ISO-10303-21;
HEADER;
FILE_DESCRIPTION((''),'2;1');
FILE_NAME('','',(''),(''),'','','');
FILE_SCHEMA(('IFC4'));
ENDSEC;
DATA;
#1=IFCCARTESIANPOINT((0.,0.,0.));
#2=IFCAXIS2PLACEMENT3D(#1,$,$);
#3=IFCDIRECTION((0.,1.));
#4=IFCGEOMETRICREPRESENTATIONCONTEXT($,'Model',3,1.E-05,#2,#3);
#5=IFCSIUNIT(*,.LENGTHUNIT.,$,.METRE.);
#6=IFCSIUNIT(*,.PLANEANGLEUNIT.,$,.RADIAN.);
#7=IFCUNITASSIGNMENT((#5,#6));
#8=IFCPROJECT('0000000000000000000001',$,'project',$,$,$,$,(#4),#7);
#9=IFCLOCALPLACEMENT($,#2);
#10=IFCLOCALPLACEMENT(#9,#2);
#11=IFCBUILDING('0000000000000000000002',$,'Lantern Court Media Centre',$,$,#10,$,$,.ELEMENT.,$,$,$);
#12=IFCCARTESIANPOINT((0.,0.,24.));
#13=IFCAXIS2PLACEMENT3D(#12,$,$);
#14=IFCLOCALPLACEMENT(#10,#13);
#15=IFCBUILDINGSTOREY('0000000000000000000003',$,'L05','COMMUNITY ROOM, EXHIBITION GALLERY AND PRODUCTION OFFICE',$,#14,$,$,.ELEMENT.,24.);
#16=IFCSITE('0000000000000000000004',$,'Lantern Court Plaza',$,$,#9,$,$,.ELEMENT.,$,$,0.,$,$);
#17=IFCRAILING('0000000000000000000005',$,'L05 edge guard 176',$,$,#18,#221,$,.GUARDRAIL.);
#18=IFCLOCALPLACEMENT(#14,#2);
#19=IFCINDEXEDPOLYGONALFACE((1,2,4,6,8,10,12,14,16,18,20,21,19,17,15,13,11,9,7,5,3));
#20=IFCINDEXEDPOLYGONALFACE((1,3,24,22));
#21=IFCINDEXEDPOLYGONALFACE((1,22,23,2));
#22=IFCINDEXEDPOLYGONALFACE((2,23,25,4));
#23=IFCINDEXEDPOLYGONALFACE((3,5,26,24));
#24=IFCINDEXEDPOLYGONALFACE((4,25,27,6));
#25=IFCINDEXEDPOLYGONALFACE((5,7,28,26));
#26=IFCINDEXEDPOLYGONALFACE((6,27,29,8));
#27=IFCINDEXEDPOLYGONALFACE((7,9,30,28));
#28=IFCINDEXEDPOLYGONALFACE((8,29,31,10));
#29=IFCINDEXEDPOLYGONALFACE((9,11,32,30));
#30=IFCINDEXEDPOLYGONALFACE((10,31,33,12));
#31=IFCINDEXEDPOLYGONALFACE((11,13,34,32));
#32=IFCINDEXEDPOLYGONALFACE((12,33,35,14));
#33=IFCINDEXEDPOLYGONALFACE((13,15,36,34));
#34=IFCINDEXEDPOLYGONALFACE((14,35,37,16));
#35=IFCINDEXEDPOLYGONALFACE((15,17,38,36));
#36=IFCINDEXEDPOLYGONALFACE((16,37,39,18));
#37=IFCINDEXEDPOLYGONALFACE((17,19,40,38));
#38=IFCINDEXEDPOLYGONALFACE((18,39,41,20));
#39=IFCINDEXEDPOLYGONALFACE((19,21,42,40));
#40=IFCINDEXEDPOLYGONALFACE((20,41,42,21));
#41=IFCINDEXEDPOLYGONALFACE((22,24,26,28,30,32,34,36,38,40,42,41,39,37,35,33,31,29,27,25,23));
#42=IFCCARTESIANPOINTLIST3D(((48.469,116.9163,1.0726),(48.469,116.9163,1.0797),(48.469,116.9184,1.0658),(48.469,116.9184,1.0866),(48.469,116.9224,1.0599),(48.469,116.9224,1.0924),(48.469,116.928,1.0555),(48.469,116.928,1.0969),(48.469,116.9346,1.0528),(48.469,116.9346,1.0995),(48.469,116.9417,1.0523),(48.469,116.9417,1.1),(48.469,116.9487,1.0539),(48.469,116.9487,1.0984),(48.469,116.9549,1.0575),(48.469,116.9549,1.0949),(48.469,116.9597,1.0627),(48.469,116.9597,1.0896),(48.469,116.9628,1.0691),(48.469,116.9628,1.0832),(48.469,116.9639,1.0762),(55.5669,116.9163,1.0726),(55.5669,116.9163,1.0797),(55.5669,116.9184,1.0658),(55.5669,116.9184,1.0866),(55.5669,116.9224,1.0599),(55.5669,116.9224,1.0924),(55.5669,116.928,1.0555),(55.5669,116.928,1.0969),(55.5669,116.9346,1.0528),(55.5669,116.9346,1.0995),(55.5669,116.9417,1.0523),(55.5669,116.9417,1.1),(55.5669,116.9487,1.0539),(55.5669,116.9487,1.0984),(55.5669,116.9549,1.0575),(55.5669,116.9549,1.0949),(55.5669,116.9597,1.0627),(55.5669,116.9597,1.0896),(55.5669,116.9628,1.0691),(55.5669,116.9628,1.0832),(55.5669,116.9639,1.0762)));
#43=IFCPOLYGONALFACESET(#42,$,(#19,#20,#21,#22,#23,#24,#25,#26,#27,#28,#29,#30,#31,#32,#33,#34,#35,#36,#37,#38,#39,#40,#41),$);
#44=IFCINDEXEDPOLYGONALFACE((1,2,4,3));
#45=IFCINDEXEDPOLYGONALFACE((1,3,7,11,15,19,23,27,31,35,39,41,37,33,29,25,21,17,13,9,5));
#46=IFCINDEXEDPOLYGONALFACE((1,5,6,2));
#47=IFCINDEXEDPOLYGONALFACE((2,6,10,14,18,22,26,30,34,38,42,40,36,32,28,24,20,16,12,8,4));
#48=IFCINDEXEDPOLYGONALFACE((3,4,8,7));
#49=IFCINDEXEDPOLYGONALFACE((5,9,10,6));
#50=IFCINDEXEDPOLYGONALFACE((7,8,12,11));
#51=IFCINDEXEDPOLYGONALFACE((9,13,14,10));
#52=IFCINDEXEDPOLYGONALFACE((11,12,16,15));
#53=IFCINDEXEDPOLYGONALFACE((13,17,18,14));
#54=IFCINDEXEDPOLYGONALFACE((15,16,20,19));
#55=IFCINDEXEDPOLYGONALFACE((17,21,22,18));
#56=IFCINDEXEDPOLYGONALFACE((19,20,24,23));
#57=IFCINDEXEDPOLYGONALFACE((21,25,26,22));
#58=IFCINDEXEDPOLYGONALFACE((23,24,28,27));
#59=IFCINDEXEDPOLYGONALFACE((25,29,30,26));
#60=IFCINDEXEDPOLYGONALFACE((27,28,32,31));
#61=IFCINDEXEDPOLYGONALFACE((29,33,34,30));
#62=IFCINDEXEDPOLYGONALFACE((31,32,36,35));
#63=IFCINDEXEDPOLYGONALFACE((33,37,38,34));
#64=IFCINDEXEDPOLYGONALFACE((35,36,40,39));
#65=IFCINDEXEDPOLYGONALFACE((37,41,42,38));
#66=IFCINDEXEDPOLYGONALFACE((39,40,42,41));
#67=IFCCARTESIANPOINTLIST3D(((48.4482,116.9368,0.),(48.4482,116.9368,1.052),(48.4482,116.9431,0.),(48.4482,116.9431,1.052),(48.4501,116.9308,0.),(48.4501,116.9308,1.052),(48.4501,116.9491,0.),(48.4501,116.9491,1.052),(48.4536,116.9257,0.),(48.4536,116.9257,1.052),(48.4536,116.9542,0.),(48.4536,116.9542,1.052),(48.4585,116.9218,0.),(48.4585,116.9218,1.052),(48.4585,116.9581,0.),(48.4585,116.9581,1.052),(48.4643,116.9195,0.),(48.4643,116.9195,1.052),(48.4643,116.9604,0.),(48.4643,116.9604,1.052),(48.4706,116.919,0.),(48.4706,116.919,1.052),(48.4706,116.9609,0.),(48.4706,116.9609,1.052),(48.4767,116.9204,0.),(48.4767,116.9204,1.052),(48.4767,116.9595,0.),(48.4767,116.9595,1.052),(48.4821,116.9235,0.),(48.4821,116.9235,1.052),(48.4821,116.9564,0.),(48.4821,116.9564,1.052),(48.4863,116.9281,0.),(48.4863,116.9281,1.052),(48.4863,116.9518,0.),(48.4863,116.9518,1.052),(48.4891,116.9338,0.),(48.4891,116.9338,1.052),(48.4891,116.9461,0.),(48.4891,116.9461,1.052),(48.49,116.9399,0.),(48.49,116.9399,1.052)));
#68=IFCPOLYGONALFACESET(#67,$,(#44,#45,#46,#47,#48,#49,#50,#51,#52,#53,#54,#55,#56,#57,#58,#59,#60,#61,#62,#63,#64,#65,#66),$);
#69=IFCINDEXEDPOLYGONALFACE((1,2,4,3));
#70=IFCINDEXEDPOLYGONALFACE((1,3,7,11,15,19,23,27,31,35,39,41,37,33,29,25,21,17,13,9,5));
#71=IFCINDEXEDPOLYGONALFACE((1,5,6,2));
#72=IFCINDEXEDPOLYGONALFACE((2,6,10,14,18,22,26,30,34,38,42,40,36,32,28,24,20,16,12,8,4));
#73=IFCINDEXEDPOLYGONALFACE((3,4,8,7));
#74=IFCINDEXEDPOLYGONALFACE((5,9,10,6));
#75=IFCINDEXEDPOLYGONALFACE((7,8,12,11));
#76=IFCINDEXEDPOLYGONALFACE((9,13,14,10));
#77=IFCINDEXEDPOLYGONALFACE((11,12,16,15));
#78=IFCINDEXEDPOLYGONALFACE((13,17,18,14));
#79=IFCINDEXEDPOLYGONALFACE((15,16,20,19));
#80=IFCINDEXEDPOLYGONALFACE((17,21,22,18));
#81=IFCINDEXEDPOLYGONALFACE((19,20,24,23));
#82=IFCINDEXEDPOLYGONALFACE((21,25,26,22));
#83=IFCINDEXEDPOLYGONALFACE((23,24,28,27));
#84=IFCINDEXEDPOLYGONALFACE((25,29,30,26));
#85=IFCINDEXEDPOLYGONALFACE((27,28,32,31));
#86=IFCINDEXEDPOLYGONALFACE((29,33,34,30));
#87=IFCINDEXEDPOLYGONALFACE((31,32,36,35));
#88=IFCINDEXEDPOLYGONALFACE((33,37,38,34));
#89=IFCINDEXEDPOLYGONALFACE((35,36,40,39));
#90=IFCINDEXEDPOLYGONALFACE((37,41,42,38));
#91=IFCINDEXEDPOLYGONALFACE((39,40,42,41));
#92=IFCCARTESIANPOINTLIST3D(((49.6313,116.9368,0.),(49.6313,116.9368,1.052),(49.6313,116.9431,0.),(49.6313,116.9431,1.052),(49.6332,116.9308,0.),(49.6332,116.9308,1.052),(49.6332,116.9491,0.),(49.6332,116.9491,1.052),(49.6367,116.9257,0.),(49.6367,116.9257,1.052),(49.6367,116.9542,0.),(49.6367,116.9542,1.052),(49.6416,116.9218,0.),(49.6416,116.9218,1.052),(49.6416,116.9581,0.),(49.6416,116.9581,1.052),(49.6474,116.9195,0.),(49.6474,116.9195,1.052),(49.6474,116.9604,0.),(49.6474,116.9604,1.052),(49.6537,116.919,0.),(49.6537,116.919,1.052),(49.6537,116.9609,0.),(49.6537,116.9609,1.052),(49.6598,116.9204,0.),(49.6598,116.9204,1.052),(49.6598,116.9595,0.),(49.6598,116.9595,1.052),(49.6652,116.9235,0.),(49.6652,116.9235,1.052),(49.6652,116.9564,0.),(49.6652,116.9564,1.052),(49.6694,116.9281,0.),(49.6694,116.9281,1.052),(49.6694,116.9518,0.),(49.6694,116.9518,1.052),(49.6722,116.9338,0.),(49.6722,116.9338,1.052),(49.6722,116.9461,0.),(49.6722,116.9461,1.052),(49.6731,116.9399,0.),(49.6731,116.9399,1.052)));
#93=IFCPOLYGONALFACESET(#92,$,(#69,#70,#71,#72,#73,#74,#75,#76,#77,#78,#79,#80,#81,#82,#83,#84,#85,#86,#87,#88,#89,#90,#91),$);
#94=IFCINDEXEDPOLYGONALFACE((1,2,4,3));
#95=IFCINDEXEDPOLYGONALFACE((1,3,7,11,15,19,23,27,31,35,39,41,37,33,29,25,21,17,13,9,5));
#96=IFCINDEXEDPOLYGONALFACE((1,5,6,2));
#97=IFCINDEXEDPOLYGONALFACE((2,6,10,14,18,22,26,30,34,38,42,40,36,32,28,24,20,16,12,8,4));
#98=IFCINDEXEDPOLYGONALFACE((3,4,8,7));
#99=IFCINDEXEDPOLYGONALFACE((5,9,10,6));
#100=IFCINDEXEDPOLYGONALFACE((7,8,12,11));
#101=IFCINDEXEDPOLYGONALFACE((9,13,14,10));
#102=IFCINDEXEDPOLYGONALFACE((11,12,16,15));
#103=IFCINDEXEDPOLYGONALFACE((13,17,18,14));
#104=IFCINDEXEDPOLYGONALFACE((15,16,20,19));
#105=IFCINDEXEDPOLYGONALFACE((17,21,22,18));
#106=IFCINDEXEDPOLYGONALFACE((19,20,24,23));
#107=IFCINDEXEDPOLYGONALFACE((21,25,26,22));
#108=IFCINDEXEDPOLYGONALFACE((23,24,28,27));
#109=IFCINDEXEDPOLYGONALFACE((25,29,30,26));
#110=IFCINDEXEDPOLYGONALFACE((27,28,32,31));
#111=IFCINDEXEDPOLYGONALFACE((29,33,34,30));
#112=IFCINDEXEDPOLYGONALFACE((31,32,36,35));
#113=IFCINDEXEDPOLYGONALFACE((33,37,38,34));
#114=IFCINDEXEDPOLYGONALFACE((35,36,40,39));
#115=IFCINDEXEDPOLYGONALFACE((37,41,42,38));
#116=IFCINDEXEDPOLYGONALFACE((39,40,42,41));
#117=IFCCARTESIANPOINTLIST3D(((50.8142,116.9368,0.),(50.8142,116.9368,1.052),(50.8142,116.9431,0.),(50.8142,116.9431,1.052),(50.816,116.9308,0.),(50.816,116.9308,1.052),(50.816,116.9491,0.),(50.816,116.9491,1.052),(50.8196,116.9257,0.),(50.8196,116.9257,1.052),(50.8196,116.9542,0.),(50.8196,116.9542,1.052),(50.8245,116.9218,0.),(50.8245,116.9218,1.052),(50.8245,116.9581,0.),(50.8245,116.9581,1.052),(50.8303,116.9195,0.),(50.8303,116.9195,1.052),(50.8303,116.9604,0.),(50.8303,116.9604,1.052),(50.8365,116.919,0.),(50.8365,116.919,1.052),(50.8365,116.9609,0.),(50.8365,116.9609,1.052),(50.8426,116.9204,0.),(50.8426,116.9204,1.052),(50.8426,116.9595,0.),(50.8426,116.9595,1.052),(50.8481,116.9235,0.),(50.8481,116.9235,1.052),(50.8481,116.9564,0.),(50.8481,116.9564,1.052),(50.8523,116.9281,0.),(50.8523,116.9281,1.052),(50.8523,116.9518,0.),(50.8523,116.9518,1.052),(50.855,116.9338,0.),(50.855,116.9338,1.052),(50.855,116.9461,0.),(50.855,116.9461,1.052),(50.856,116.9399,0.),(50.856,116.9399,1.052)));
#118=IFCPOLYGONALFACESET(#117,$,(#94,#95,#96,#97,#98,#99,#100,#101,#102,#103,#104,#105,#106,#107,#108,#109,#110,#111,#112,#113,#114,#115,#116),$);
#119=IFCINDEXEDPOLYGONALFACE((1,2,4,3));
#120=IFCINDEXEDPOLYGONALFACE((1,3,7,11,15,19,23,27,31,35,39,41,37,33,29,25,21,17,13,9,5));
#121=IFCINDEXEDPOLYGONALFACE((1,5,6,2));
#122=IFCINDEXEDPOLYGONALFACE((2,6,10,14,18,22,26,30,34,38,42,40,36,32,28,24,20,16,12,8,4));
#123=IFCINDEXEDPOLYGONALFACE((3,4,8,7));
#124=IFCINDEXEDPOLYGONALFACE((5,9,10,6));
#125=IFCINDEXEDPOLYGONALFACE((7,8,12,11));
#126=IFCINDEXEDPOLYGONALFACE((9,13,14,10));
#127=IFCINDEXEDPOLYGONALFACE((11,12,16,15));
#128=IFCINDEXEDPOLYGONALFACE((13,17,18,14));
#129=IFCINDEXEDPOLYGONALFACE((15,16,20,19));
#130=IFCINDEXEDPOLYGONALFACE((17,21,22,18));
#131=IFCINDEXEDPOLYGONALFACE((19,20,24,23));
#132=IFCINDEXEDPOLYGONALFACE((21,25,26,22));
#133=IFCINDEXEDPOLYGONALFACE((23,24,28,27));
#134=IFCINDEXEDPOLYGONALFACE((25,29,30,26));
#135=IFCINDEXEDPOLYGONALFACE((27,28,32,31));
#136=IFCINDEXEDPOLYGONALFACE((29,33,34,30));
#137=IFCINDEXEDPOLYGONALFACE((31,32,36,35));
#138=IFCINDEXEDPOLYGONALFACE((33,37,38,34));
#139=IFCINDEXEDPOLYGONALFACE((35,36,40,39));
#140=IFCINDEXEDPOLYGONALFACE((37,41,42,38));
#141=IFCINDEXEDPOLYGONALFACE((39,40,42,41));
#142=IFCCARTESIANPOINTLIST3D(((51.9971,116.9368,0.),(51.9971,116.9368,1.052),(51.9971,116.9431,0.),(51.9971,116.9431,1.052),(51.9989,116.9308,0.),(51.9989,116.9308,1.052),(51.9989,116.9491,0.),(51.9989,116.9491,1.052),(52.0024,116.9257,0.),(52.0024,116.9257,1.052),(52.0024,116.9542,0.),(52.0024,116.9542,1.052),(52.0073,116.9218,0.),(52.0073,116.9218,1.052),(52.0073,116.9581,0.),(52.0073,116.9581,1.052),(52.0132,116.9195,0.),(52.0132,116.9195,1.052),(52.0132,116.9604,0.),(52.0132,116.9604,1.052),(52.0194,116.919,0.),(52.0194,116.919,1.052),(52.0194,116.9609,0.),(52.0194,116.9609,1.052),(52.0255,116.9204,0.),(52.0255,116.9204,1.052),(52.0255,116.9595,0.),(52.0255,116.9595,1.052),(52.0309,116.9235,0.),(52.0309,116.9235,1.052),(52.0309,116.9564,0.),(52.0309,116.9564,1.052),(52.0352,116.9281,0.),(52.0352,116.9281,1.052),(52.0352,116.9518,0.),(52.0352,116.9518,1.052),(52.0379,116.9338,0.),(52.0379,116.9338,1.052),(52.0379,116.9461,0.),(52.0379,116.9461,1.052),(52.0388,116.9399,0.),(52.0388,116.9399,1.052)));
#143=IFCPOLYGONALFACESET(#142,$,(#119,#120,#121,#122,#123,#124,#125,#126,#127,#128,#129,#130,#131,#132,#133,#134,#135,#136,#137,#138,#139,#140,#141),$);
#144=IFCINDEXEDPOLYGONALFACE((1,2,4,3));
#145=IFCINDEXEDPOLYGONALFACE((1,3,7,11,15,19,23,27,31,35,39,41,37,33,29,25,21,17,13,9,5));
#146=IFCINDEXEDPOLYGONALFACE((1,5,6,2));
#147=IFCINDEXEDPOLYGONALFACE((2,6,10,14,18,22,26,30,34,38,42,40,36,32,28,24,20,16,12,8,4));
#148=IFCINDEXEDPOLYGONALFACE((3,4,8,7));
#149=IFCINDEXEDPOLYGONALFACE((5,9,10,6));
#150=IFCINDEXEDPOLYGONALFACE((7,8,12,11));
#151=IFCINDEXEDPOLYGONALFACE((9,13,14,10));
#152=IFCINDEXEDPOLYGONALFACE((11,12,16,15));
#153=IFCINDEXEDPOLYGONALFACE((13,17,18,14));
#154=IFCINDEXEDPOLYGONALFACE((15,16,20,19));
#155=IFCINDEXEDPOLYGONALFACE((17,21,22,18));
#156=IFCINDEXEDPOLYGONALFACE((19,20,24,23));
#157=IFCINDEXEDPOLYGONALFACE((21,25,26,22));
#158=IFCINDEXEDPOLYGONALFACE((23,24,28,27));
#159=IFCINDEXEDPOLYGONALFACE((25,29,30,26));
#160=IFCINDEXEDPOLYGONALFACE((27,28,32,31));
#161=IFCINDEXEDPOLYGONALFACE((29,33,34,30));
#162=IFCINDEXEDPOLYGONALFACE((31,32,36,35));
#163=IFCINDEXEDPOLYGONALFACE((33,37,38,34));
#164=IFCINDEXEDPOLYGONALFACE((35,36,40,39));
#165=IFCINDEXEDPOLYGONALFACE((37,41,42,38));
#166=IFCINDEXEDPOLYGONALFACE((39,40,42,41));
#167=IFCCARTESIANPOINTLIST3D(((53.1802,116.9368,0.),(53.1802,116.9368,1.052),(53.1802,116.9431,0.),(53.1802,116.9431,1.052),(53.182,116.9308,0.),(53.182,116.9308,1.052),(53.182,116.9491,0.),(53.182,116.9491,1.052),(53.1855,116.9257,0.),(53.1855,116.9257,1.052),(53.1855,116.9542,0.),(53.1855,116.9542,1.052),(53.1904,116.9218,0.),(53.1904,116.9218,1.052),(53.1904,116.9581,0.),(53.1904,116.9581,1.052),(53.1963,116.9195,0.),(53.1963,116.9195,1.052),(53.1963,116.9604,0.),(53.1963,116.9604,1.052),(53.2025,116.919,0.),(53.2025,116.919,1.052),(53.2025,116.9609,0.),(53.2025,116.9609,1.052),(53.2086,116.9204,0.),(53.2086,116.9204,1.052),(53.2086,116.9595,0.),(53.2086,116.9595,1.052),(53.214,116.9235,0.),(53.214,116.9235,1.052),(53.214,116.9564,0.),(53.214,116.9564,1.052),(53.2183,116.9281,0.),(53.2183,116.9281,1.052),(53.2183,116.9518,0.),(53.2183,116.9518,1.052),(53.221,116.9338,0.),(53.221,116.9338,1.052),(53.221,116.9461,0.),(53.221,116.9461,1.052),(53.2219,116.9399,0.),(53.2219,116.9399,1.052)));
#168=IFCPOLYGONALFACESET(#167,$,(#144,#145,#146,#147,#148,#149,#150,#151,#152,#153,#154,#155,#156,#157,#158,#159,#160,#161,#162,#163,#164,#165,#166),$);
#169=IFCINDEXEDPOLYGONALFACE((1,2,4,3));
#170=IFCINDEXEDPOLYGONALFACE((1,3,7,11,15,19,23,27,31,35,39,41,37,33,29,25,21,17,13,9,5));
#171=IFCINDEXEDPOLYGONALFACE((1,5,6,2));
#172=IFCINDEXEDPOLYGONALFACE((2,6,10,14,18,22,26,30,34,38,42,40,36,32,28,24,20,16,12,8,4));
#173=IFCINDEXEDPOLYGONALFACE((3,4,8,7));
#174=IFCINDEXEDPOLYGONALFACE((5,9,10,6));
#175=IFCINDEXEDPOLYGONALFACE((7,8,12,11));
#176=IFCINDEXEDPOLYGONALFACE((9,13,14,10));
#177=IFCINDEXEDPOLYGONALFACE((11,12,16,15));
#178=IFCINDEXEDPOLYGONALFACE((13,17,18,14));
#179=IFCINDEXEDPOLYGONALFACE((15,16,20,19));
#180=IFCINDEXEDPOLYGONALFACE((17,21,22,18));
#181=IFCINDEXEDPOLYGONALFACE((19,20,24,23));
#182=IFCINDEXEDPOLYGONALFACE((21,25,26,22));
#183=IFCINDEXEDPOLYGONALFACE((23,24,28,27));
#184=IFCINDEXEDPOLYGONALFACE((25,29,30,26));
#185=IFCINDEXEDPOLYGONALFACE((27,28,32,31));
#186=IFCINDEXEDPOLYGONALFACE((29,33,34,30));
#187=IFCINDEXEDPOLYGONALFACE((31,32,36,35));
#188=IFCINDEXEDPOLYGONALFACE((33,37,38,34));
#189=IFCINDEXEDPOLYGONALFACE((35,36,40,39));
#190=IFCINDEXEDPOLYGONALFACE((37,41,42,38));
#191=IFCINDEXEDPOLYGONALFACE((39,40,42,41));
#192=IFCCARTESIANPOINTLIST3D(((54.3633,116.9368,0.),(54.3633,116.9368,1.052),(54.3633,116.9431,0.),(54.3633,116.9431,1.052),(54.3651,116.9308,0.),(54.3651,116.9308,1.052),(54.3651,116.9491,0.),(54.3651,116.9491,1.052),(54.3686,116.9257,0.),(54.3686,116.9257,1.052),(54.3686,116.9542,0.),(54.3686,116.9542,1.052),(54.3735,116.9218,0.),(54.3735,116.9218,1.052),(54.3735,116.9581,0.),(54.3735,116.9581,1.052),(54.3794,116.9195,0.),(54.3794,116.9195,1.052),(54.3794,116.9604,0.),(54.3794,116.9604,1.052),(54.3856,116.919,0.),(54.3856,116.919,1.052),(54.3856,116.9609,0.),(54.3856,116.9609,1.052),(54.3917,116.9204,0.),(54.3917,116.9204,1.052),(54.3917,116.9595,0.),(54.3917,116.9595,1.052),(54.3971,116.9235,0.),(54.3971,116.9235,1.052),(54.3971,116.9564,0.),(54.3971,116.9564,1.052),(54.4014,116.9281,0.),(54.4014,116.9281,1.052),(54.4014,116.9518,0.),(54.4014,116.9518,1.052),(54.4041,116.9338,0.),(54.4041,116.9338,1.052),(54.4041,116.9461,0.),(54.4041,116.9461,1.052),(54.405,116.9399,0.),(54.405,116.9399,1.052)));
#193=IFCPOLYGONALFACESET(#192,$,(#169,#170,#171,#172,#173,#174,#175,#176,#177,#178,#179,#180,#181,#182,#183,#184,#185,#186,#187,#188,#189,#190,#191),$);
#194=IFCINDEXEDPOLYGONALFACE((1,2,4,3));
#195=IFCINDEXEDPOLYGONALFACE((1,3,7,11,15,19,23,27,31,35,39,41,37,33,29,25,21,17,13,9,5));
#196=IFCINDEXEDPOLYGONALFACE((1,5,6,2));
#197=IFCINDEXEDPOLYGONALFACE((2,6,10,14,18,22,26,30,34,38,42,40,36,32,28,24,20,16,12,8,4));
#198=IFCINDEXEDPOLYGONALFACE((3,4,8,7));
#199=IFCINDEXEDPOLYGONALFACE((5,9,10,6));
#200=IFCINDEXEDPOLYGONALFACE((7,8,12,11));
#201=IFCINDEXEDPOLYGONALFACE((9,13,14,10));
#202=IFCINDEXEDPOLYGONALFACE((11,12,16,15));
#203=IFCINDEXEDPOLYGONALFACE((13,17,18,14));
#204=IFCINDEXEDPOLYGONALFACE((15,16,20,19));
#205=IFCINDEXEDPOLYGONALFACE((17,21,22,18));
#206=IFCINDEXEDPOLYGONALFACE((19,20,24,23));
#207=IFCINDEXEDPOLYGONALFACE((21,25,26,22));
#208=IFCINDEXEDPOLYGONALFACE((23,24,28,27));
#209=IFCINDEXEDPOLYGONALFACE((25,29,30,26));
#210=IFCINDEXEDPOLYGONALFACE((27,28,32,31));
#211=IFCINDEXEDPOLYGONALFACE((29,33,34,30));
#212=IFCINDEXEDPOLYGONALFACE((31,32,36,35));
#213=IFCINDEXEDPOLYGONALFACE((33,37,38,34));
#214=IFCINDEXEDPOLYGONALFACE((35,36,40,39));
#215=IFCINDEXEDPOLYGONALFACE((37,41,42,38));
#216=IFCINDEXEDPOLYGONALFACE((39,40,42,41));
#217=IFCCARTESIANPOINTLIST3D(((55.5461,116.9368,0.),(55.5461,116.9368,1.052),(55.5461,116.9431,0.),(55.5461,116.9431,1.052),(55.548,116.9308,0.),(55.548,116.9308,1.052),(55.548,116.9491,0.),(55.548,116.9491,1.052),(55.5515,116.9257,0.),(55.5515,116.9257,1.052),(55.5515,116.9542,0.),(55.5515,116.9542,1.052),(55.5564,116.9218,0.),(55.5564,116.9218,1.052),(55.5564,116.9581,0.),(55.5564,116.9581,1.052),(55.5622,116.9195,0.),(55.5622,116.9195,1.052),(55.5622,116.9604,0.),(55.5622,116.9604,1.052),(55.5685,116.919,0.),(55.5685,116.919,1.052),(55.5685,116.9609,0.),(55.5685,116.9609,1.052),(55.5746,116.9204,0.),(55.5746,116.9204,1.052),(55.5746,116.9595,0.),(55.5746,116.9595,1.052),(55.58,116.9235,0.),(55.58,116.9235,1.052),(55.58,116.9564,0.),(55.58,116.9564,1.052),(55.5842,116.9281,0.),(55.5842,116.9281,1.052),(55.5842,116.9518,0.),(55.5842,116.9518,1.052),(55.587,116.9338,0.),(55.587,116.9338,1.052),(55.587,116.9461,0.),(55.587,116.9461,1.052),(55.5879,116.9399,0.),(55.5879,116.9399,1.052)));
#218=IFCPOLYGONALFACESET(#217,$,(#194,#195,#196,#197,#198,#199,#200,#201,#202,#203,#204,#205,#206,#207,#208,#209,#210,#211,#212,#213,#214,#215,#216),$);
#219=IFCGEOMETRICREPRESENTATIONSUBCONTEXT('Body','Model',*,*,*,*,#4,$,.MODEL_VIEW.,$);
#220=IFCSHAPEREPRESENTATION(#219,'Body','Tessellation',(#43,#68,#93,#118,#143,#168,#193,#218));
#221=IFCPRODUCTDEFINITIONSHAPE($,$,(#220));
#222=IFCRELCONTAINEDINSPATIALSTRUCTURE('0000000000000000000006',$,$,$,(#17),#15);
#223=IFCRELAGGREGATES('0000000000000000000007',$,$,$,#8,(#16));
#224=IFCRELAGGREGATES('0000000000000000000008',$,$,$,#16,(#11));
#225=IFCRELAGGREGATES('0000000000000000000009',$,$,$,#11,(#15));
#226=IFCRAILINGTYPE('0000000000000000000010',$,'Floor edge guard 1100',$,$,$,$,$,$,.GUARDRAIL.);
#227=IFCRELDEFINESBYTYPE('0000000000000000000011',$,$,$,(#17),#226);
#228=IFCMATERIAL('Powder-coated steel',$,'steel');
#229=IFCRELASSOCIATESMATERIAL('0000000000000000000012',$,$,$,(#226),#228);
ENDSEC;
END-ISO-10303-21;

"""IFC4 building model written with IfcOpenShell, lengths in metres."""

from ifc_helpers import new_model, si_unit, direction, frame, origin, origin_2d, place, context, subcontext, project, spatial, circle, extrude, material, type_object, element, save


model = new_model("IFC4")

# Units and contexts
model_context = context("Model", 3, precision=1e-05, world=origin(), true_north=direction((0.0, 1.0)))
body_context = subcontext(model_context, "Body", "Model", "MODEL_VIEW")
ifc_project = project(units=[si_unit("LENGTHUNIT", "METRE"), si_unit("PLANEANGLEUNIT", "RADIAN")], contexts=[model_context])

# Site, building, storey
site_placement = place(None, origin())
site = spatial("IfcSite", under=ifc_project, at=site_placement, Name="Lantern Court Plaza", CompositionType="ELEMENT", RefElevation=0.0)
building_placement = place(site_placement, origin())
building = spatial("IfcBuilding", under=site, at=building_placement, Name="Lantern Court Media Centre", CompositionType="ELEMENT")
storey_placement = place(building_placement, frame((0.0, 0.0, 24.0)))
storey = spatial("IfcBuildingStorey", under=building, at=storey_placement, Name="L05", Description="COMMUNITY ROOM, EXHIBITION GALLERY AND PRODUCTION OFFICE", CompositionType="ELEMENT", Elevation=24.0)

# Railing
ifc_material_1 = material(Name="Powder-coated steel", Category="steel")
railing_type = type_object("IfcRailingType", Name="Floor edge guard 1100", PredefinedType="GUARDRAIL", material=ifc_material_1)
railing_1_placement = place(storey_placement, frame((48.469, 116.9399, 0.0)))
element("IfcRailing", 1, at=railing_1_placement, inside=storey, type_object=railing_type, Name="L05 edge guard 176", PredefinedType="GUARDRAIL", context=body_context, shape_type="SweptSolid", body=[
    extrude(circle(Radius=0.0239, at=origin_2d()), frame((0.0, 0.0, 1.0762), z_axis=(1.0, 0.0, 0.0), x_axis=(0.0, 1.0, 0.0)), (0.0, 0.0, 1.0), 7.0979),
    extrude(circle(Radius=0.021, at=origin_2d()), origin(), (0.0, 0.0, 1.0), 1.052),
    extrude(circle(Radius=0.021, at=origin_2d()), frame((1.1831, 0.0, 0.0)), (0.0, 0.0, 1.0), 1.052),
    extrude(circle(Radius=0.021, at=origin_2d()), frame((2.366, 0.0, 0.0)), (0.0, 0.0, 1.0), 1.052),
    extrude(circle(Radius=0.021, at=origin_2d()), frame((3.5488, 0.0, 0.0)), (0.0, 0.0, 1.0), 1.052),
    extrude(circle(Radius=0.021, at=origin_2d()), frame((4.7319, 0.0, 0.0)), (0.0, 0.0, 1.0), 1.052),
    extrude(circle(Radius=0.021, at=origin_2d()), frame((5.915, 0.0, 0.0)), (0.0, 0.0, 1.0), 1.052),
    extrude(circle(Radius=0.021, at=origin_2d()), frame((7.0979, 0.0, 0.0)), (0.0, 0.0, 1.0), 1.052),
])

save(model, "model.ifc")
